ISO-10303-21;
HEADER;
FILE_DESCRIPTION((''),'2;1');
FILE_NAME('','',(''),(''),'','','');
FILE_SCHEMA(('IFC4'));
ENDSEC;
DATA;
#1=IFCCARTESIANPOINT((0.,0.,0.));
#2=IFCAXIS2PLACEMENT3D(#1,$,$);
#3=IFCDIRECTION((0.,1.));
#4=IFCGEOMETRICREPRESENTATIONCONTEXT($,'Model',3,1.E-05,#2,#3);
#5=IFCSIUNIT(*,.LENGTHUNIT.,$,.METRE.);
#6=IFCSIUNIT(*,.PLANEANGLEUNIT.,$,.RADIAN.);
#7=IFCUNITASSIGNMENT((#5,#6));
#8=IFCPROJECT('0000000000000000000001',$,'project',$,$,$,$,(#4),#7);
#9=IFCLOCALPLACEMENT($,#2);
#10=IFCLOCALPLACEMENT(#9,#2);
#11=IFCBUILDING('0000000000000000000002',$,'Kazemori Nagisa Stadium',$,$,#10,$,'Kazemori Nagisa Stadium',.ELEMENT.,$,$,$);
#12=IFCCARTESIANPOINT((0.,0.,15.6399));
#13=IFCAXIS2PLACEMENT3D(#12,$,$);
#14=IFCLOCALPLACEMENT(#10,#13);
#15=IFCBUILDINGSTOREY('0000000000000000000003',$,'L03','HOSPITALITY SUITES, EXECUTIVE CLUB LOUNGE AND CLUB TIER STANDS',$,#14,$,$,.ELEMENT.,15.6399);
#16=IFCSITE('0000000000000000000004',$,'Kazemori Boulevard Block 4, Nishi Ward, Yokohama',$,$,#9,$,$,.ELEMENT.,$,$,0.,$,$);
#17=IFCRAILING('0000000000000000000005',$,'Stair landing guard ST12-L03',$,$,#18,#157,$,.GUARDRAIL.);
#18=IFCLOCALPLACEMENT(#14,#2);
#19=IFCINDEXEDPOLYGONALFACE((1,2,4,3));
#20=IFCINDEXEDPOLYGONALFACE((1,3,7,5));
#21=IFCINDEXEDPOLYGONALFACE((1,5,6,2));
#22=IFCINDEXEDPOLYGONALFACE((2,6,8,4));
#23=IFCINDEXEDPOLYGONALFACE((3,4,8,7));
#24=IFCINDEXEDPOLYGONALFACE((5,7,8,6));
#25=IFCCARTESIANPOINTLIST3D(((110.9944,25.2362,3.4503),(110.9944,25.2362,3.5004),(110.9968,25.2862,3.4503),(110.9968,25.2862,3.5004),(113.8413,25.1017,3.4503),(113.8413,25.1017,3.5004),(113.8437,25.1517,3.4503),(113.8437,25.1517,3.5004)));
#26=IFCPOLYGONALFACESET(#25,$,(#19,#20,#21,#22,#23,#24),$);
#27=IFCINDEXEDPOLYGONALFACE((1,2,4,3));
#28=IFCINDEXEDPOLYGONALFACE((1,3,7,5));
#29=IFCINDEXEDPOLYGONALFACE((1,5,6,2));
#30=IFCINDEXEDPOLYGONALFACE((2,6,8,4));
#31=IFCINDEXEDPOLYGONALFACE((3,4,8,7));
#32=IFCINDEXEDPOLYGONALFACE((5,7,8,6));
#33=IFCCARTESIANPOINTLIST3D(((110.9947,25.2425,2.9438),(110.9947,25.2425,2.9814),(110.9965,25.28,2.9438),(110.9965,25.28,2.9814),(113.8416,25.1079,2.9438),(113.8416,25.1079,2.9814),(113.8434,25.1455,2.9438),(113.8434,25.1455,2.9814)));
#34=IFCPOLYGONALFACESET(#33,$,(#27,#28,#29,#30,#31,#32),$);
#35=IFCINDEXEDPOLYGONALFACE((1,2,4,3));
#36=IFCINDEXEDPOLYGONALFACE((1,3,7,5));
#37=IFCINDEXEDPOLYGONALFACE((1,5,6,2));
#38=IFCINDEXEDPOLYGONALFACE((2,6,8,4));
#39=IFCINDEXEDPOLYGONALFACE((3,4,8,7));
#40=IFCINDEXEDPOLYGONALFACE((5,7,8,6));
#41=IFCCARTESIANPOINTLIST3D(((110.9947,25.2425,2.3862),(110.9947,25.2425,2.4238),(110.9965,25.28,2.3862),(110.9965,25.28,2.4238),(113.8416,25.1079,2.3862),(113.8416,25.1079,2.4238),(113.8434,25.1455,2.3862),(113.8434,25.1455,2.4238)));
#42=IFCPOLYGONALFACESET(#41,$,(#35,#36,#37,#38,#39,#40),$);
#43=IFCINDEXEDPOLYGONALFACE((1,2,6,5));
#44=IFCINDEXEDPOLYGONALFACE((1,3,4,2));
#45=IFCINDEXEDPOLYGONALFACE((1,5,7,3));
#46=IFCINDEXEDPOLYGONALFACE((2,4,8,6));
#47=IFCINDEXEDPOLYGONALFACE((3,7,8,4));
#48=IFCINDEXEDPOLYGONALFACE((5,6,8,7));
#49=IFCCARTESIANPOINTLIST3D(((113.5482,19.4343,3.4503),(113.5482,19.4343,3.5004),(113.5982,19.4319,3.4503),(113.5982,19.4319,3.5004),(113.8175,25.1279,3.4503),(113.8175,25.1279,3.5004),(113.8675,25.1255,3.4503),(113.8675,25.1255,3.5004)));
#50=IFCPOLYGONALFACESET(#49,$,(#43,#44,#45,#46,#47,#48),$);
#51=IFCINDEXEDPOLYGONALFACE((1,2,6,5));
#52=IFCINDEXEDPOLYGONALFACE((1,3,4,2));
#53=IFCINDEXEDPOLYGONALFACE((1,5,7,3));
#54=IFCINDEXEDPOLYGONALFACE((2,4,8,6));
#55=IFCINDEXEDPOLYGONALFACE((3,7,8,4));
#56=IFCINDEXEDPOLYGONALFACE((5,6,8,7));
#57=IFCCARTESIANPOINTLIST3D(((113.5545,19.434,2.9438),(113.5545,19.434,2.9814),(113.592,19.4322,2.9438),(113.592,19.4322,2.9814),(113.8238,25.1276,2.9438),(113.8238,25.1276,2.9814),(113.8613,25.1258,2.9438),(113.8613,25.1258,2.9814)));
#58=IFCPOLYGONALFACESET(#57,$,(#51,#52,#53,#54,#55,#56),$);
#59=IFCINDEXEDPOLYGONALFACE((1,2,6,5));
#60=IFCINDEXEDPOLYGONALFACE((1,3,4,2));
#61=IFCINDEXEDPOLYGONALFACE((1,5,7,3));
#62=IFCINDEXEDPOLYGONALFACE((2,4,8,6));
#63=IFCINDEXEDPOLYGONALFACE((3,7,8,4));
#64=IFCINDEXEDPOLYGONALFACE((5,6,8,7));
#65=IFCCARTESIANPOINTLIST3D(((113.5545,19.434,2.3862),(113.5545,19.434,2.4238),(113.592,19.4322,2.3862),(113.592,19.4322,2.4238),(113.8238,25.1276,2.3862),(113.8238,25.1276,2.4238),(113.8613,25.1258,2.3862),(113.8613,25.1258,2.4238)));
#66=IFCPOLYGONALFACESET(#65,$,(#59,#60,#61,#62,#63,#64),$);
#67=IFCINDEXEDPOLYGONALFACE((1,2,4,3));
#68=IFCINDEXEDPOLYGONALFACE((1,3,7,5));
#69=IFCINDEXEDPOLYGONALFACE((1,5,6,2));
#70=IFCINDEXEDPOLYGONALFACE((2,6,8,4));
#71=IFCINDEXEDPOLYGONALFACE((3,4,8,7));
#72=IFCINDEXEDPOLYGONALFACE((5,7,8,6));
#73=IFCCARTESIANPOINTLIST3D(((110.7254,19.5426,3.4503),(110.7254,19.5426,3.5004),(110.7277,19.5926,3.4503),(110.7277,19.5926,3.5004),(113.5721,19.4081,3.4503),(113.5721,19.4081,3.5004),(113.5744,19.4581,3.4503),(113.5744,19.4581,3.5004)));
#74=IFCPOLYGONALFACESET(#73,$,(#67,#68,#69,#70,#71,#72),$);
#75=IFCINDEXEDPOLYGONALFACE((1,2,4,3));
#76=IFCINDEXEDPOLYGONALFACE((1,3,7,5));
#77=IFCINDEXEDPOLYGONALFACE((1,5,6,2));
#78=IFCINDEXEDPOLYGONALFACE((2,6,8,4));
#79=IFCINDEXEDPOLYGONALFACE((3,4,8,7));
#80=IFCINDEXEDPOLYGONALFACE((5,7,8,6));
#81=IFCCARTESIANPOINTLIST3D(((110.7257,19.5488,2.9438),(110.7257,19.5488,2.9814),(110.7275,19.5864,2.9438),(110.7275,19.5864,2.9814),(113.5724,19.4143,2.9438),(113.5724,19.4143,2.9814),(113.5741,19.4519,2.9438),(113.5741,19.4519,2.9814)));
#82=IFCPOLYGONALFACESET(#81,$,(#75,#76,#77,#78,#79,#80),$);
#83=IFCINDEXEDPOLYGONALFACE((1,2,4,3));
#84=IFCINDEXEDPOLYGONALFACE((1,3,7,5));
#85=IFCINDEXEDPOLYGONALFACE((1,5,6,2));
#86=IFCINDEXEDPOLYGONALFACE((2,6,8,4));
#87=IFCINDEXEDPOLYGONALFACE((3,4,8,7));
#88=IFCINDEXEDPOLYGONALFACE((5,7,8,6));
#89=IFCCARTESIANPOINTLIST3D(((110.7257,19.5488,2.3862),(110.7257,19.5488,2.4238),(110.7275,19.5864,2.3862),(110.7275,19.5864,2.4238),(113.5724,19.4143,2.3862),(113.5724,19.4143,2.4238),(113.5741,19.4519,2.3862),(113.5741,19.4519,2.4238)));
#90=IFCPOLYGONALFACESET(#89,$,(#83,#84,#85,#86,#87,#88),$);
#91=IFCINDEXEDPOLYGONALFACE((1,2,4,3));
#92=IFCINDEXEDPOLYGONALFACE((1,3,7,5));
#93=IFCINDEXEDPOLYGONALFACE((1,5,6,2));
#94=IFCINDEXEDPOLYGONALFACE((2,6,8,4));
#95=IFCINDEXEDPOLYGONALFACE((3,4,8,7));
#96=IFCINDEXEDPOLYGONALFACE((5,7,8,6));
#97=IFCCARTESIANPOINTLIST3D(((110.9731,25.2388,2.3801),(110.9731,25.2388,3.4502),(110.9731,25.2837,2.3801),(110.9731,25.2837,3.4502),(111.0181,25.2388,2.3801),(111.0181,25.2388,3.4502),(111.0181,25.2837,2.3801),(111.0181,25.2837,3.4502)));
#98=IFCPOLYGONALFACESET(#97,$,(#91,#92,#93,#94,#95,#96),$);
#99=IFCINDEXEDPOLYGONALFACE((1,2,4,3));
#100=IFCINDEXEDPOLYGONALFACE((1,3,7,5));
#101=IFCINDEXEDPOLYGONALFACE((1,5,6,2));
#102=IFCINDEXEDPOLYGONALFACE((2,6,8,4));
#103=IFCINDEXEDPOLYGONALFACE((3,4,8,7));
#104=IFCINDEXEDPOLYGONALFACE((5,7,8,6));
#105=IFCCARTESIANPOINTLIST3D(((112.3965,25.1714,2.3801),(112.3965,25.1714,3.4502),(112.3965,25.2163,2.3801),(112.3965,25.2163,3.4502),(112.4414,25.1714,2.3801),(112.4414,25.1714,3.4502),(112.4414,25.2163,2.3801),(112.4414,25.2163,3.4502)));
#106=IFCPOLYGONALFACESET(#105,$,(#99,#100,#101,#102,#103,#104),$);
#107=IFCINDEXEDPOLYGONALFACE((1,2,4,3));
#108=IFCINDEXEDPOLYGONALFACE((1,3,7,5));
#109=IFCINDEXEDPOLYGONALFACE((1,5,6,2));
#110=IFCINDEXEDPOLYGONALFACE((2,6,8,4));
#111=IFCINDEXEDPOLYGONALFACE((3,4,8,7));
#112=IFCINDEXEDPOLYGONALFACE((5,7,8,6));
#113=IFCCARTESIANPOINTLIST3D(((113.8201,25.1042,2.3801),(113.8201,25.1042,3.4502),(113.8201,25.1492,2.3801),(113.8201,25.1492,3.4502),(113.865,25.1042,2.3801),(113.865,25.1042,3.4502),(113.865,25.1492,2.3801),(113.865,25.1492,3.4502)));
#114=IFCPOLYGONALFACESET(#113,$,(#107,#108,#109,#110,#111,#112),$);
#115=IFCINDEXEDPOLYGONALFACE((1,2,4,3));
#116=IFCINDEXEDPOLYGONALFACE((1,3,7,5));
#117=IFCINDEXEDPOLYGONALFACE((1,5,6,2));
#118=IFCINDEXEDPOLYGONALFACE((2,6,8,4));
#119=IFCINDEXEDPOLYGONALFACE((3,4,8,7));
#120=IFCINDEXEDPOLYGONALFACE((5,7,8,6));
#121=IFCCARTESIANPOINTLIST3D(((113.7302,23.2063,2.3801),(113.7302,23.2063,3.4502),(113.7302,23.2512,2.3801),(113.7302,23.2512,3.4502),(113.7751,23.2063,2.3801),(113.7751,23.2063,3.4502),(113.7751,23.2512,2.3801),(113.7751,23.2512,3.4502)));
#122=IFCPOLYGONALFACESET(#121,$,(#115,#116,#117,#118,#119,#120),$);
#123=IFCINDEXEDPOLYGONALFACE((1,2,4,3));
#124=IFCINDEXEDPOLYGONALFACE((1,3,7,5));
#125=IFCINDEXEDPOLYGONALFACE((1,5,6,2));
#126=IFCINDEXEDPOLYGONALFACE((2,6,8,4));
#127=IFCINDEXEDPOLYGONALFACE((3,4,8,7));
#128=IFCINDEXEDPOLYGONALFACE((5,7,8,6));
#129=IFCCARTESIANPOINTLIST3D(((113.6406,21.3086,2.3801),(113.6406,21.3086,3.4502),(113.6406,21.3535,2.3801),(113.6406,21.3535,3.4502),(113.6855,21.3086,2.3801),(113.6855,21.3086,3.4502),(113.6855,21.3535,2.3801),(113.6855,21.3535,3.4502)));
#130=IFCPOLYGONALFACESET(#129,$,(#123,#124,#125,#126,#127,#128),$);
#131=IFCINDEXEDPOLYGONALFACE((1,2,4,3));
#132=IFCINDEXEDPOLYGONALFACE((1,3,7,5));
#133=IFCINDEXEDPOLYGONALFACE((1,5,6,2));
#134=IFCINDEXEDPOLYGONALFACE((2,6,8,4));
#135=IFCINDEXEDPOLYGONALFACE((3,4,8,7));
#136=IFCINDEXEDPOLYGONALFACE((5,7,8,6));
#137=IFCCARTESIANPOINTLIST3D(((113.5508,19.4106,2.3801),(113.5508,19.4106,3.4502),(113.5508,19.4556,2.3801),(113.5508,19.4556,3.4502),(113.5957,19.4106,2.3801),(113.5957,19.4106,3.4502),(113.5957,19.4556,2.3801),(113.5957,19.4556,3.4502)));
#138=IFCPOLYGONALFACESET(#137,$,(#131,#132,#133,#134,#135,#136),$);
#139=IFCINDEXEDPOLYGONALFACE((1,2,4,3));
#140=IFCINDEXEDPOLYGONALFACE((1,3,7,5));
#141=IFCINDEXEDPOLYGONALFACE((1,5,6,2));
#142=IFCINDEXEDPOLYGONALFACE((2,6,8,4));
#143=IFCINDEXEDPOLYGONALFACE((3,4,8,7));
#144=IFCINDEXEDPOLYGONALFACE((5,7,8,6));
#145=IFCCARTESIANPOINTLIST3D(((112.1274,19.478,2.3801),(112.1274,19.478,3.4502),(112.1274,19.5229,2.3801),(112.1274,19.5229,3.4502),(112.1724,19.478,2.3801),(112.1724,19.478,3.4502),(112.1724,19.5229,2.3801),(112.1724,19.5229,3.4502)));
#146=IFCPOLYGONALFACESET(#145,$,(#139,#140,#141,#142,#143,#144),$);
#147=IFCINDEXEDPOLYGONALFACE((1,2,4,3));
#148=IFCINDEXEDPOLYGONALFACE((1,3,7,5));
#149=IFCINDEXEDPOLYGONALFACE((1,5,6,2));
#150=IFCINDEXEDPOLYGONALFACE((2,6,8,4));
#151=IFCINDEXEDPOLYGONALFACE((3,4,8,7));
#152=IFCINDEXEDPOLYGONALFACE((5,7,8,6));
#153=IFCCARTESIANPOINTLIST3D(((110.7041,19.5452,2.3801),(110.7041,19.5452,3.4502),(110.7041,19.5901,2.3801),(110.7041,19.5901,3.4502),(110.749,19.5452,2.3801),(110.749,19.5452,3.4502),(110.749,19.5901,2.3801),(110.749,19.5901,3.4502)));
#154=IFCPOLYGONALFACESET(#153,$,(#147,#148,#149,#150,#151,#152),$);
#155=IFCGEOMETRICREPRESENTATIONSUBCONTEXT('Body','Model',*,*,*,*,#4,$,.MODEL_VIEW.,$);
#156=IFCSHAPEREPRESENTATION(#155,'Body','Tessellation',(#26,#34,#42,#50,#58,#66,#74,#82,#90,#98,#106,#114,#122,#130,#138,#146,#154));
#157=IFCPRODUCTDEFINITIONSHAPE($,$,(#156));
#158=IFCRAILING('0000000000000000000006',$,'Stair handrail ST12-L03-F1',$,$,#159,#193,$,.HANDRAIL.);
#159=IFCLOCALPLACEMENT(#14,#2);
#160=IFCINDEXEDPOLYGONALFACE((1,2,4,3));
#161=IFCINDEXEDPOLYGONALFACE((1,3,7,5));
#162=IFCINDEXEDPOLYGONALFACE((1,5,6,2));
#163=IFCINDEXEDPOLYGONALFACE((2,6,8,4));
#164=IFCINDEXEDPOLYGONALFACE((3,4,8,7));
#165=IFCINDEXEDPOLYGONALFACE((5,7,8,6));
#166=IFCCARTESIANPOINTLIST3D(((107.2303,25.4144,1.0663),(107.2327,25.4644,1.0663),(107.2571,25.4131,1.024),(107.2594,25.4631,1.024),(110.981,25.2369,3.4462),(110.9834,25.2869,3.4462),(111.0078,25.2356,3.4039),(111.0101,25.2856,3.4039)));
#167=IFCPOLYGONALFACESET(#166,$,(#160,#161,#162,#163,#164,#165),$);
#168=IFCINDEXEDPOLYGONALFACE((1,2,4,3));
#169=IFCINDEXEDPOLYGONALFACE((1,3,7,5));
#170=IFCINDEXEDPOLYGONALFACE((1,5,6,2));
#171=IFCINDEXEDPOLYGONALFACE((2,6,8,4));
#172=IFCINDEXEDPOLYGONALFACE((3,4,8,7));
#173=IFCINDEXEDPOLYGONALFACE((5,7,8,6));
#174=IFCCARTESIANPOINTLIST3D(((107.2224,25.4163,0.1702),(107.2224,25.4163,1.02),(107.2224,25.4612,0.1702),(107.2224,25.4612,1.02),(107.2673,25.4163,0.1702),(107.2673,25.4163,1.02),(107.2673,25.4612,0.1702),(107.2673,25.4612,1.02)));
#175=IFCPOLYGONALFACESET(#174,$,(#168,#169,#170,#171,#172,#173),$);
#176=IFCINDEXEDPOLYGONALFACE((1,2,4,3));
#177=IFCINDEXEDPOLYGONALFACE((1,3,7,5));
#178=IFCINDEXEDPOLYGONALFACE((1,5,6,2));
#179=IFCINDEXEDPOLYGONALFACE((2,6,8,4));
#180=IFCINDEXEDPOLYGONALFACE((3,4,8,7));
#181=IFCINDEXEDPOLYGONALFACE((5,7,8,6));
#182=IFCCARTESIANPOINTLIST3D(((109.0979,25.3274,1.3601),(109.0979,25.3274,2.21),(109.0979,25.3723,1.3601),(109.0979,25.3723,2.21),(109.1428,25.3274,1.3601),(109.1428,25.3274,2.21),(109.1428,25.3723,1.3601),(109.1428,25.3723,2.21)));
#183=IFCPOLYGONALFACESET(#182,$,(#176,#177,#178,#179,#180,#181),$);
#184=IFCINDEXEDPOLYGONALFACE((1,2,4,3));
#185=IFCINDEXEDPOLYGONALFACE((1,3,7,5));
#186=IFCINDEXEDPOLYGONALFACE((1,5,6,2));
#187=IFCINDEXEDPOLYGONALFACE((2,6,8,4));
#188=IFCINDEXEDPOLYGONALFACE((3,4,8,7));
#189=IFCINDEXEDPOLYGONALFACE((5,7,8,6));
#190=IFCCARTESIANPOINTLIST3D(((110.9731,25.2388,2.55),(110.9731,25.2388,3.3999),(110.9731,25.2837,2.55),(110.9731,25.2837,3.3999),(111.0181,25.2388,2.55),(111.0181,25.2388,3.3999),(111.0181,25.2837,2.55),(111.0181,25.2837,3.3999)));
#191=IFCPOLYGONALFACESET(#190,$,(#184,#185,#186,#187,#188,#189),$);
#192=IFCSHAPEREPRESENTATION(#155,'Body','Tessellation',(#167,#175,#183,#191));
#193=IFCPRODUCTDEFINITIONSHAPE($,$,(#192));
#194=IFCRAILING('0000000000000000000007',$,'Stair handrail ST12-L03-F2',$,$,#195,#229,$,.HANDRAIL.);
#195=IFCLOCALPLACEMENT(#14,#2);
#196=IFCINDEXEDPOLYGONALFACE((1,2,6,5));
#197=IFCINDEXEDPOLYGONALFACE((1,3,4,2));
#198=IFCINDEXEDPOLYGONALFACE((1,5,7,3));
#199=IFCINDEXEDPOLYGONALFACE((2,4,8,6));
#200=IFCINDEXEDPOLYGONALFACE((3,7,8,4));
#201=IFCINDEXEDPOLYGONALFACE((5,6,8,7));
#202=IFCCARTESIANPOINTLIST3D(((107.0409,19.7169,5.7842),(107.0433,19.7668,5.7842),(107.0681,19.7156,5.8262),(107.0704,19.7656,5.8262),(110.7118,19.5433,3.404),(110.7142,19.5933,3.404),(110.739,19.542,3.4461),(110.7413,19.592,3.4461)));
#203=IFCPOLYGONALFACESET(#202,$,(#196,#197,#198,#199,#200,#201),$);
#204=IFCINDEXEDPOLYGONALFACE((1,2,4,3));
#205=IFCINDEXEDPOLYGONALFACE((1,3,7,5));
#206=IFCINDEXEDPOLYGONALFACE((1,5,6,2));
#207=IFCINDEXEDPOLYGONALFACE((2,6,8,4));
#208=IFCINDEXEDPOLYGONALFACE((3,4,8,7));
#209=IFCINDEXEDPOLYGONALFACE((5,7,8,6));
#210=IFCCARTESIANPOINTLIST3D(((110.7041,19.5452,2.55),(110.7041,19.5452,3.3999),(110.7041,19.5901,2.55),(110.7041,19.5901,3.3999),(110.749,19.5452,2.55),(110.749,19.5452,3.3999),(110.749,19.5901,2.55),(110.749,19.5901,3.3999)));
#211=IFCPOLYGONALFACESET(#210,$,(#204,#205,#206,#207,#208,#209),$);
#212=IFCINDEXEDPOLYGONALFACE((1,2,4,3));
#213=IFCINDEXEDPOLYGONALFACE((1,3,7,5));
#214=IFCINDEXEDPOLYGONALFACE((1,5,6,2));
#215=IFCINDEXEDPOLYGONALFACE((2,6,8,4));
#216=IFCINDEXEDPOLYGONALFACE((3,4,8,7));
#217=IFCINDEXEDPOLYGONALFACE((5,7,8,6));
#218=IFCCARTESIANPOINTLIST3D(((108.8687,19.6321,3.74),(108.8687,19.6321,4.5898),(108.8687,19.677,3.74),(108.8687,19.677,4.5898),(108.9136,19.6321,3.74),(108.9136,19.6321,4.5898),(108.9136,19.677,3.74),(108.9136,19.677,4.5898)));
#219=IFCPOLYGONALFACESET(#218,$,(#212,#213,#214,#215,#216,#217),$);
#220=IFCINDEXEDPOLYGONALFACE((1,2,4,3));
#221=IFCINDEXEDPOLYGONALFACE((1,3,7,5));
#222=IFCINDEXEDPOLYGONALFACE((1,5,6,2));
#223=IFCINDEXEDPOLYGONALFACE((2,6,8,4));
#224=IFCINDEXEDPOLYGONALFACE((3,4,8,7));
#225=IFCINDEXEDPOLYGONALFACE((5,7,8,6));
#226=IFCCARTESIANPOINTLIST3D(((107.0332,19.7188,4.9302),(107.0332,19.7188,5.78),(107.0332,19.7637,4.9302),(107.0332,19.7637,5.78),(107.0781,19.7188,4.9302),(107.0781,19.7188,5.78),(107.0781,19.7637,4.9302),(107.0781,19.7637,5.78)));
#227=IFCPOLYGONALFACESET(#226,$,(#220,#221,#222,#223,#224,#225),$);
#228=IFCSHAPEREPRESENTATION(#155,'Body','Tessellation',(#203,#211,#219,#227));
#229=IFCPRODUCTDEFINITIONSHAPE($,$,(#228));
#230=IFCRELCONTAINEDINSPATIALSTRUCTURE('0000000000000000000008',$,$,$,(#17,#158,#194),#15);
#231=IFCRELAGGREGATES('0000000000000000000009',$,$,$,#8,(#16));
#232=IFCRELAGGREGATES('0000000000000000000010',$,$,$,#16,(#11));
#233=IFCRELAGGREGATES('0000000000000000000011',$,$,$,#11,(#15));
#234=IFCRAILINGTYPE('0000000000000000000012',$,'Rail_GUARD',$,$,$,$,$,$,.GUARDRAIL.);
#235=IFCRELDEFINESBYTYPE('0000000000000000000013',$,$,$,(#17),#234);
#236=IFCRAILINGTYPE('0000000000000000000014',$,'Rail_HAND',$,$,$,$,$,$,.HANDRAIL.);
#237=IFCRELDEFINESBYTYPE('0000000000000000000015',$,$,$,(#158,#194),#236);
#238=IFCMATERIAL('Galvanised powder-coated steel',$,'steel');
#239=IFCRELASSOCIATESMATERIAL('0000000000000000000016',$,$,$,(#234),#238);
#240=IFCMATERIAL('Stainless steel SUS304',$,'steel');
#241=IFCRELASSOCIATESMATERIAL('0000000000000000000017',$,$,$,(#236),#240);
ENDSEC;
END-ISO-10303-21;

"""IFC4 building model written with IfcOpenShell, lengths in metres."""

from ifc_helpers import new_model, si_unit, direction, frame, origin, origin_2d, place, context, subcontext, project, spatial, rectangle, extrude, material, type_object, element, save


model = new_model("IFC4")

# Units and contexts
model_context = context("Model", 3, precision=1e-05, world=origin(), true_north=direction((0.0, 1.0)))
body_context = subcontext(model_context, "Body", "Model", "MODEL_VIEW")
ifc_project = project(units=[si_unit("LENGTHUNIT", "METRE"), si_unit("PLANEANGLEUNIT", "RADIAN")], contexts=[model_context])

# Site, building, storey
site_placement = place(None, origin())
site = spatial("IfcSite", under=ifc_project, at=site_placement, Name="Kazemori Boulevard Block 4, Nishi Ward, Yokohama", CompositionType="ELEMENT", RefElevation=0.0)
building_placement = place(site_placement, origin())
building = spatial("IfcBuilding", under=site, at=building_placement, Name="Kazemori Nagisa Stadium", LongName="Kazemori Nagisa Stadium", CompositionType="ELEMENT")
storey_placement = place(building_placement, frame((0.0, 0.0, 15.6399)))
storey = spatial("IfcBuildingStorey", under=building, at=storey_placement, Name="L03", Description="HOSPITALITY SUITES, EXECUTIVE CLUB LOUNGE AND CLUB TIER STANDS", CompositionType="ELEMENT", Elevation=15.6399)

# Railings
ifc_material_1 = material(Name="Galvanised powder-coated steel", Category="steel")
railing_type_1 = type_object("IfcRailingType", Name="Rail_GUARD", PredefinedType="GUARDRAIL", material=ifc_material_1)
railing_1_placement = place(storey_placement, frame((110.9956, 25.2612, 2.3801)))
element("IfcRailing", 1, at=railing_1_placement, inside=storey, type_object=railing_type_1, Name="Stair landing guard ST12-L03", PredefinedType="GUARDRAIL", context=body_context, shape_type="SweptSolid", body=[
    extrude(rectangle(XDim=0.05, YDim=0.05, at=origin_2d()), frame((0.0, 0.0, 1.0952), z_axis=(0.998886, -0.047199, 0.0), x_axis=(0.047199, 0.998886, 0.0)), (0.0, 0.0, 1.0), 2.8501),
    extrude(rectangle(XDim=0.0376, YDim=0.0376, at=origin_2d()), frame((0.0, 0.0, 0.5825), z_axis=(0.998886, -0.047199, 0.0), x_axis=(0.047199, 0.998886, 0.0)), (0.0, 0.0, 1.0), 2.8501),
    extrude(rectangle(XDim=0.0376, YDim=0.0376, at=origin_2d()), frame((0.0, 0.0, 0.0249), z_axis=(0.998886, -0.047199, 0.0), x_axis=(0.047199, 0.998886, 0.0)), (0.0, 0.0, 1.0), 2.8501),
    extrude(rectangle(XDim=0.05, YDim=0.05, at=origin_2d()), frame((2.8469, -0.1345, 1.0952), z_axis=(-0.047244, -0.998883, 0.0), x_axis=(0.998883, -0.047244, 0.0)), (0.0, 0.0, 1.0), 5.7),
    extrude(rectangle(XDim=0.0376, YDim=0.0376, at=origin_2d()), frame((2.8469, -0.1345, 0.5825), z_axis=(-0.047244, -0.998883, 0.0), x_axis=(0.998883, -0.047244, 0.0)), (0.0, 0.0, 1.0), 5.7),
    extrude(rectangle(XDim=0.0376, YDim=0.0376, at=origin_2d()), frame((2.8469, -0.1345, 0.0249), z_axis=(-0.047244, -0.998883, 0.0), x_axis=(0.998883, -0.047244, 0.0)), (0.0, 0.0, 1.0), 5.7),
    extrude(rectangle(XDim=0.05, YDim=0.05, at=origin_2d()), frame((2.5776, -5.8281, 1.0952), z_axis=(-0.998885, 0.047203, 0.0), x_axis=(-0.047203, -0.998885, 0.0)), (0.0, 0.0, 1.0), 2.8499),
    extrude(rectangle(XDim=0.0376, YDim=0.0376, at=origin_2d()), frame((2.5776, -5.8281, 0.5825), z_axis=(-0.998885, 0.047203, 0.0), x_axis=(-0.047203, -0.998885, 0.0)), (0.0, 0.0, 1.0), 2.8499),
    extrude(rectangle(XDim=0.0376, YDim=0.0376, at=origin_2d()), frame((2.5776, -5.8281, 0.0249), z_axis=(-0.998885, 0.047203, 0.0), x_axis=(-0.047203, -0.998885, 0.0)), (0.0, 0.0, 1.0), 2.8499),
    extrude(rectangle(XDim=0.0449, YDim=0.0449, at=origin_2d()), origin(), (0.0, 0.0, 1.0), 1.0701),
    extrude(rectangle(XDim=0.0449, YDim=0.0449, at=origin_2d()), frame((1.4233, -0.0674, 0.0)), (0.0, 0.0, 1.0), 1.0701),
    extrude(rectangle(XDim=0.0449, YDim=0.0449, at=origin_2d()), frame((2.8469, -0.1345, 0.0)), (0.0, 0.0, 1.0), 1.0701),
    extrude(rectangle(XDim=0.0449, YDim=0.0449, at=origin_2d()), frame((2.7571, -2.0325, 0.0)), (0.0, 0.0, 1.0), 1.0701),
    extrude(rectangle(XDim=0.0449, YDim=0.0449, at=origin_2d()), frame((2.6675, -3.9302, 0.0)), (0.0, 0.0, 1.0), 1.0701),
    extrude(rectangle(XDim=0.0449, YDim=0.0449, at=origin_2d()), frame((2.5776, -5.8281, 0.0)), (0.0, 0.0, 1.0), 1.0701),
    extrude(rectangle(XDim=0.0449, YDim=0.0449, at=origin_2d()), frame((1.1543, -5.7607, 0.0)), (0.0, 0.0, 1.0), 1.0701),
    extrude(rectangle(XDim=0.0449, YDim=0.0449, at=origin_2d()), frame((-0.269, -5.6936, 0.0)), (0.0, 0.0, 1.0), 1.0701),
])
ifc_material_2 = material(Name="Stainless steel SUS304", Category="steel")
railing_type_2 = type_object("IfcRailingType", Name="Rail_HAND", PredefinedType="HANDRAIL", material=ifc_material_2)
railing_2_placement = place(storey_placement, frame((107.2449, 25.4387, 0.1702)))
element("IfcRailing", 2, at=railing_2_placement, inside=storey, type_object=railing_type_2, Name="Stair handrail ST12-L03-F1", PredefinedType="HANDRAIL", context=body_context, shape_type="SweptSolid", body=[
    extrude(rectangle(XDim=0.05, YDim=0.05, at=origin_2d()), frame((0.0, 0.0, 0.875), z_axis=(0.843696, -0.039925, 0.535335), x_axis=(0.047269, 0.998882, 0.0)), (0.0, 0.0, 1.0), 4.4456),
    extrude(rectangle(XDim=0.0449, YDim=0.0449, at=origin_2d()), origin(), (0.0, 0.0, 1.0), 0.8499),
    extrude(rectangle(XDim=0.0449, YDim=0.0449, at=origin_2d()), frame((1.8755, -0.0889, 1.1899)), (0.0, 0.0, 1.0), 0.8499),
    extrude(rectangle(XDim=0.0449, YDim=0.0449, at=origin_2d()), frame((3.7507, -0.1775, 2.3799)), (0.0, 0.0, 1.0), 0.8499),
])
railing_3_placement = place(storey_placement, frame((110.7266, 19.5676, 2.55)))
element("IfcRailing", 3, at=railing_3_placement, inside=storey, type_object=railing_type_2, Name="Stair handrail ST12-L03-F2", PredefinedType="HANDRAIL", context=body_context, shape_type="SweptSolid", body=[
    extrude(rectangle(XDim=0.05, YDim=0.05, at=origin_2d()), frame((0.0, 0.0, 0.875), z_axis=(-0.838406, 0.039645, 0.543603), x_axis=(-0.047234, -0.998884, 0.0)), (0.0, 0.0, 1.0), 4.3784),
    extrude(rectangle(XDim=0.0449, YDim=0.0449, at=origin_2d()), origin(), (0.0, 0.0, 1.0), 0.8499),
    extrude(rectangle(XDim=0.0449, YDim=0.0449, at=origin_2d()), frame((-1.8354, 0.0869, 1.1899)), (0.0, 0.0, 1.0), 0.8499),
    extrude(rectangle(XDim=0.0449, YDim=0.0449, at=origin_2d()), frame((-3.6709, 0.1736, 2.3801)), (0.0, 0.0, 1.0), 0.8499),
])

save(model, "model.ifc")
